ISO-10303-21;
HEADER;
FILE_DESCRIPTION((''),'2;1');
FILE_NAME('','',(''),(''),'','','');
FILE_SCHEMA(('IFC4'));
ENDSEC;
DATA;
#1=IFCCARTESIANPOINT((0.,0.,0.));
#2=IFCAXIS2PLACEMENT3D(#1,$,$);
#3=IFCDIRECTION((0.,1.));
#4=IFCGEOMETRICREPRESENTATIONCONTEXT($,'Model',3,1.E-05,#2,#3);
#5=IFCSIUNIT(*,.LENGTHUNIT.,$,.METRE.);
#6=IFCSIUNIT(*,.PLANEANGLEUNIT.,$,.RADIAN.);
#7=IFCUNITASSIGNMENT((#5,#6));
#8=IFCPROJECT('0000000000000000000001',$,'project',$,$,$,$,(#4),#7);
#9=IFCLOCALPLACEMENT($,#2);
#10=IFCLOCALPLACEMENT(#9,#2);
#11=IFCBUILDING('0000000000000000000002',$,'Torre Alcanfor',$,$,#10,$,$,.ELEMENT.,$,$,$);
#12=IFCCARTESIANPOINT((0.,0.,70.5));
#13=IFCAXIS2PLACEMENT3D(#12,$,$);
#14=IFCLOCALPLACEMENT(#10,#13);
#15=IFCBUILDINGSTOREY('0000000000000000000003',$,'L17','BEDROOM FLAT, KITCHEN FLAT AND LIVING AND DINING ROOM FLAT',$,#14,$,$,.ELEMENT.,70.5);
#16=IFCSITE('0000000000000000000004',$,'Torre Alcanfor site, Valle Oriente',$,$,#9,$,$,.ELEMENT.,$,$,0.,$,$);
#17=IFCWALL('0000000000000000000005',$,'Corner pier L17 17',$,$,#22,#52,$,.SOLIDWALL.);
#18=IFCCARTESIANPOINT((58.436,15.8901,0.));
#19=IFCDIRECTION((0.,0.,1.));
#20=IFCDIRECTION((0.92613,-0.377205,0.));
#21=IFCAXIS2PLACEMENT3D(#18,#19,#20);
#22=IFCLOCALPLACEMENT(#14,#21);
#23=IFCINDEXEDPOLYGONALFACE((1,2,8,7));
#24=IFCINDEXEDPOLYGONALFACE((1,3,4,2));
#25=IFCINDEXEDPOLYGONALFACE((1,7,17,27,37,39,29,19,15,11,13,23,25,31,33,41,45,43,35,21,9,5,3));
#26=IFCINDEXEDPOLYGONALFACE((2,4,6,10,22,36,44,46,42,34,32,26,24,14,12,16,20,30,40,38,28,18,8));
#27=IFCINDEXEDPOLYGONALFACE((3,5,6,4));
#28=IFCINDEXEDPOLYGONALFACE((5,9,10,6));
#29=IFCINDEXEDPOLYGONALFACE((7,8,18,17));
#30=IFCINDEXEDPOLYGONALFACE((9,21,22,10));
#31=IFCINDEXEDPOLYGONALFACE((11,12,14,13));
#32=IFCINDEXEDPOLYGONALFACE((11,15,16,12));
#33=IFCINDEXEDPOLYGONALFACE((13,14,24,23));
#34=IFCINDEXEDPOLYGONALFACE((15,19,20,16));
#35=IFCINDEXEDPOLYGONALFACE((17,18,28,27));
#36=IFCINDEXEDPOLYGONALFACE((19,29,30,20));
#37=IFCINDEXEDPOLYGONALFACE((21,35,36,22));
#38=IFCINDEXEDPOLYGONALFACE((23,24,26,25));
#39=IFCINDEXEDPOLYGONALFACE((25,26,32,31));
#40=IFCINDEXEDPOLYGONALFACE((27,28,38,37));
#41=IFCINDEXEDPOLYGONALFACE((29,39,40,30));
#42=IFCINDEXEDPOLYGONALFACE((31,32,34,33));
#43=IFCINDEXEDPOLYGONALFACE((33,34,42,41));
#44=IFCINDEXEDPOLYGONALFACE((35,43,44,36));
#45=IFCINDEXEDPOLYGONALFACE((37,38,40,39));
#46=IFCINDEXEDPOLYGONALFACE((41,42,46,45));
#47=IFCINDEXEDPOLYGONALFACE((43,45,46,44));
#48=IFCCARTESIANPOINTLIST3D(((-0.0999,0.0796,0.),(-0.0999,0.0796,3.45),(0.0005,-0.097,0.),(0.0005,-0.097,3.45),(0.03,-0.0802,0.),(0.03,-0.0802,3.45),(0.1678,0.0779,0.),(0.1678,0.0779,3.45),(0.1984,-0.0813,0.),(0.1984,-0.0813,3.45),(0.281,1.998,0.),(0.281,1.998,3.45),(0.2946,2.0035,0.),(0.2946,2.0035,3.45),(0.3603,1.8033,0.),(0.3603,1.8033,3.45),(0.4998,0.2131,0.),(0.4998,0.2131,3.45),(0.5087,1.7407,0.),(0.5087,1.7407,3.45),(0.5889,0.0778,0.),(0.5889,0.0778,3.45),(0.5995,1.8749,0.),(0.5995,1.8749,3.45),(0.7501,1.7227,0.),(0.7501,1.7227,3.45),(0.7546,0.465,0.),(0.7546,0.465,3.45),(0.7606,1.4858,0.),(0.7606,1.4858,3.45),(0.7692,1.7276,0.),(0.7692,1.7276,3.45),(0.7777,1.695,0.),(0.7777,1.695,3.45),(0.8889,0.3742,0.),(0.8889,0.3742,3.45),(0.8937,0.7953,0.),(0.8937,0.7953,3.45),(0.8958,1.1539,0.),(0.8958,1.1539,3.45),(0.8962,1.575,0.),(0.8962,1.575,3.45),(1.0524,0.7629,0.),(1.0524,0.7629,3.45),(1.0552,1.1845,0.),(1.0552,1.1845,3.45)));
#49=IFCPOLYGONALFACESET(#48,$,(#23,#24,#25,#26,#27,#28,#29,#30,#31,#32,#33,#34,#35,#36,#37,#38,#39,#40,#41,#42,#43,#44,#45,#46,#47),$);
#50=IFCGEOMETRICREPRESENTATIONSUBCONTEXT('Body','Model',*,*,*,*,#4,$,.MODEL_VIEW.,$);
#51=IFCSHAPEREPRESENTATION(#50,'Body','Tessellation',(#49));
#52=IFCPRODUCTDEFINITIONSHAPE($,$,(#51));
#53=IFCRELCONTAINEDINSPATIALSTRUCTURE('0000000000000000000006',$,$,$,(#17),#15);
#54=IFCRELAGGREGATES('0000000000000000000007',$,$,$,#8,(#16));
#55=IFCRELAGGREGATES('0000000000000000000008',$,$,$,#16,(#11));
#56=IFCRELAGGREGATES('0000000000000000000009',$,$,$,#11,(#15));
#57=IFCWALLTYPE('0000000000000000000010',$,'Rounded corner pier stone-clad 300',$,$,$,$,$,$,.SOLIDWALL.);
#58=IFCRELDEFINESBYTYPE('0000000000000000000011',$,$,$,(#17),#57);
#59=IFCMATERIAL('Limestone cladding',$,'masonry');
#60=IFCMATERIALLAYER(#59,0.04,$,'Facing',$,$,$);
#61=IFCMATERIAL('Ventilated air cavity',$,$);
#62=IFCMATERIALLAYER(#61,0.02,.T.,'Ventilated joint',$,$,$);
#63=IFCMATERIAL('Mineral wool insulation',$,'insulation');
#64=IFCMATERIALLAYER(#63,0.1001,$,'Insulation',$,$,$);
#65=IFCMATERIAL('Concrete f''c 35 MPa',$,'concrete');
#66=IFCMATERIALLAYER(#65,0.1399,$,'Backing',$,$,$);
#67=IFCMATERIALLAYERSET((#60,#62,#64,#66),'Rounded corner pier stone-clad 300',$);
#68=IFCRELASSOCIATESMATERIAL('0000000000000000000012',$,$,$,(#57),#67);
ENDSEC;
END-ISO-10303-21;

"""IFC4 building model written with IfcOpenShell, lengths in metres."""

from ifc_helpers import new_model, si_unit, direction, frame, origin, place, context, subcontext, project, spatial, polyline, outline, extrude, material, layer, layer_set, type_object, element, save


model = new_model("IFC4")

# Units and contexts
model_context = context("Model", 3, precision=1e-05, world=origin(), true_north=direction((0.0, 1.0)))
body_context = subcontext(model_context, "Body", "Model", "MODEL_VIEW")
ifc_project = project(units=[si_unit("LENGTHUNIT", "METRE"), si_unit("PLANEANGLEUNIT", "RADIAN")], contexts=[model_context])

# Site, building, storey
site_placement = place(None, origin())
site = spatial("IfcSite", under=ifc_project, at=site_placement, Name="Torre Alcanfor site, Valle Oriente", CompositionType="ELEMENT", RefElevation=0.0)
building_placement = place(site_placement, origin())
building = spatial("IfcBuilding", under=site, at=building_placement, Name="Torre Alcanfor", CompositionType="ELEMENT")
storey_placement = place(building_placement, frame((0.0, 0.0, 70.5)))
storey = spatial("IfcBuildingStorey", under=building, at=storey_placement, Name="L17", Description="BEDROOM FLAT, KITCHEN FLAT AND LIVING AND DINING ROOM FLAT", CompositionType="ELEMENT", Elevation=70.5)

# Shared definitions
ifc_material_1 = material(Name="Limestone cladding", Category="masonry")
ifc_material_2 = material(Name="Ventilated air cavity")
ifc_material_3 = material(Name="Mineral wool insulation", Category="insulation")
ifc_material_4 = material(Name="Concrete f'c 35 MPa", Category="concrete")

# Wall
ifc_layer_1 = layer(ifc_material_1, 0.04, Name="Facing")
ifc_layer_2 = layer(ifc_material_2, 0.02, ventilated=True, Name="Ventilated joint")
ifc_layer_3 = layer(ifc_material_3, 0.1001, Name="Insulation")
ifc_layer_4 = layer(ifc_material_4, 0.1399, Name="Backing")
ifc_layer_set_1 = layer_set([ifc_layer_1, ifc_layer_2, ifc_layer_3, ifc_layer_4], Name="Rounded corner pier stone-clad 300")
wall_type_1 = type_object("IfcWallType", Name="Rounded corner pier stone-clad 300", PredefinedType="SOLIDWALL", material=ifc_layer_set_1)
wall_1_placement = place(storey_placement, frame((58.436, 15.8901, 0.0), z_axis=(0.0, 0.0, 1.0), x_axis=(0.92613, -0.377205, 0.0)))
element("IfcWall", 1, at=wall_1_placement, inside=storey, type_object=wall_type_1, Name="Corner pier L17 17", PredefinedType="SOLIDWALL", context=body_context, shape_type="SweptSolid", body=[
    extrude(outline(polyline([(0.7692, 1.7276), (0.7501, 1.7227), (0.5995, 1.8749), (0.2946, 2.0035), (0.281, 1.998), (0.3603, 1.8033), (0.5087, 1.7407), (0.7606, 1.4858), (0.8958, 1.1539), (0.8937, 0.7953), (0.7546, 0.465), (0.4998, 0.2131), (0.1678, 0.0779), (-0.0999, 0.0796), (0.0005, -0.097), (0.03, -0.0802), (0.1984, -0.0813), (0.5889, 0.0778), (0.8889, 0.3742), (1.0524, 0.7629), (1.0552, 1.1845), (0.8962, 1.575), (0.7777, 1.695), (0.7692, 1.7276)])), origin(), (0.0, 0.0, 1.0), 3.45),
])

save(model, "model.ifc")
